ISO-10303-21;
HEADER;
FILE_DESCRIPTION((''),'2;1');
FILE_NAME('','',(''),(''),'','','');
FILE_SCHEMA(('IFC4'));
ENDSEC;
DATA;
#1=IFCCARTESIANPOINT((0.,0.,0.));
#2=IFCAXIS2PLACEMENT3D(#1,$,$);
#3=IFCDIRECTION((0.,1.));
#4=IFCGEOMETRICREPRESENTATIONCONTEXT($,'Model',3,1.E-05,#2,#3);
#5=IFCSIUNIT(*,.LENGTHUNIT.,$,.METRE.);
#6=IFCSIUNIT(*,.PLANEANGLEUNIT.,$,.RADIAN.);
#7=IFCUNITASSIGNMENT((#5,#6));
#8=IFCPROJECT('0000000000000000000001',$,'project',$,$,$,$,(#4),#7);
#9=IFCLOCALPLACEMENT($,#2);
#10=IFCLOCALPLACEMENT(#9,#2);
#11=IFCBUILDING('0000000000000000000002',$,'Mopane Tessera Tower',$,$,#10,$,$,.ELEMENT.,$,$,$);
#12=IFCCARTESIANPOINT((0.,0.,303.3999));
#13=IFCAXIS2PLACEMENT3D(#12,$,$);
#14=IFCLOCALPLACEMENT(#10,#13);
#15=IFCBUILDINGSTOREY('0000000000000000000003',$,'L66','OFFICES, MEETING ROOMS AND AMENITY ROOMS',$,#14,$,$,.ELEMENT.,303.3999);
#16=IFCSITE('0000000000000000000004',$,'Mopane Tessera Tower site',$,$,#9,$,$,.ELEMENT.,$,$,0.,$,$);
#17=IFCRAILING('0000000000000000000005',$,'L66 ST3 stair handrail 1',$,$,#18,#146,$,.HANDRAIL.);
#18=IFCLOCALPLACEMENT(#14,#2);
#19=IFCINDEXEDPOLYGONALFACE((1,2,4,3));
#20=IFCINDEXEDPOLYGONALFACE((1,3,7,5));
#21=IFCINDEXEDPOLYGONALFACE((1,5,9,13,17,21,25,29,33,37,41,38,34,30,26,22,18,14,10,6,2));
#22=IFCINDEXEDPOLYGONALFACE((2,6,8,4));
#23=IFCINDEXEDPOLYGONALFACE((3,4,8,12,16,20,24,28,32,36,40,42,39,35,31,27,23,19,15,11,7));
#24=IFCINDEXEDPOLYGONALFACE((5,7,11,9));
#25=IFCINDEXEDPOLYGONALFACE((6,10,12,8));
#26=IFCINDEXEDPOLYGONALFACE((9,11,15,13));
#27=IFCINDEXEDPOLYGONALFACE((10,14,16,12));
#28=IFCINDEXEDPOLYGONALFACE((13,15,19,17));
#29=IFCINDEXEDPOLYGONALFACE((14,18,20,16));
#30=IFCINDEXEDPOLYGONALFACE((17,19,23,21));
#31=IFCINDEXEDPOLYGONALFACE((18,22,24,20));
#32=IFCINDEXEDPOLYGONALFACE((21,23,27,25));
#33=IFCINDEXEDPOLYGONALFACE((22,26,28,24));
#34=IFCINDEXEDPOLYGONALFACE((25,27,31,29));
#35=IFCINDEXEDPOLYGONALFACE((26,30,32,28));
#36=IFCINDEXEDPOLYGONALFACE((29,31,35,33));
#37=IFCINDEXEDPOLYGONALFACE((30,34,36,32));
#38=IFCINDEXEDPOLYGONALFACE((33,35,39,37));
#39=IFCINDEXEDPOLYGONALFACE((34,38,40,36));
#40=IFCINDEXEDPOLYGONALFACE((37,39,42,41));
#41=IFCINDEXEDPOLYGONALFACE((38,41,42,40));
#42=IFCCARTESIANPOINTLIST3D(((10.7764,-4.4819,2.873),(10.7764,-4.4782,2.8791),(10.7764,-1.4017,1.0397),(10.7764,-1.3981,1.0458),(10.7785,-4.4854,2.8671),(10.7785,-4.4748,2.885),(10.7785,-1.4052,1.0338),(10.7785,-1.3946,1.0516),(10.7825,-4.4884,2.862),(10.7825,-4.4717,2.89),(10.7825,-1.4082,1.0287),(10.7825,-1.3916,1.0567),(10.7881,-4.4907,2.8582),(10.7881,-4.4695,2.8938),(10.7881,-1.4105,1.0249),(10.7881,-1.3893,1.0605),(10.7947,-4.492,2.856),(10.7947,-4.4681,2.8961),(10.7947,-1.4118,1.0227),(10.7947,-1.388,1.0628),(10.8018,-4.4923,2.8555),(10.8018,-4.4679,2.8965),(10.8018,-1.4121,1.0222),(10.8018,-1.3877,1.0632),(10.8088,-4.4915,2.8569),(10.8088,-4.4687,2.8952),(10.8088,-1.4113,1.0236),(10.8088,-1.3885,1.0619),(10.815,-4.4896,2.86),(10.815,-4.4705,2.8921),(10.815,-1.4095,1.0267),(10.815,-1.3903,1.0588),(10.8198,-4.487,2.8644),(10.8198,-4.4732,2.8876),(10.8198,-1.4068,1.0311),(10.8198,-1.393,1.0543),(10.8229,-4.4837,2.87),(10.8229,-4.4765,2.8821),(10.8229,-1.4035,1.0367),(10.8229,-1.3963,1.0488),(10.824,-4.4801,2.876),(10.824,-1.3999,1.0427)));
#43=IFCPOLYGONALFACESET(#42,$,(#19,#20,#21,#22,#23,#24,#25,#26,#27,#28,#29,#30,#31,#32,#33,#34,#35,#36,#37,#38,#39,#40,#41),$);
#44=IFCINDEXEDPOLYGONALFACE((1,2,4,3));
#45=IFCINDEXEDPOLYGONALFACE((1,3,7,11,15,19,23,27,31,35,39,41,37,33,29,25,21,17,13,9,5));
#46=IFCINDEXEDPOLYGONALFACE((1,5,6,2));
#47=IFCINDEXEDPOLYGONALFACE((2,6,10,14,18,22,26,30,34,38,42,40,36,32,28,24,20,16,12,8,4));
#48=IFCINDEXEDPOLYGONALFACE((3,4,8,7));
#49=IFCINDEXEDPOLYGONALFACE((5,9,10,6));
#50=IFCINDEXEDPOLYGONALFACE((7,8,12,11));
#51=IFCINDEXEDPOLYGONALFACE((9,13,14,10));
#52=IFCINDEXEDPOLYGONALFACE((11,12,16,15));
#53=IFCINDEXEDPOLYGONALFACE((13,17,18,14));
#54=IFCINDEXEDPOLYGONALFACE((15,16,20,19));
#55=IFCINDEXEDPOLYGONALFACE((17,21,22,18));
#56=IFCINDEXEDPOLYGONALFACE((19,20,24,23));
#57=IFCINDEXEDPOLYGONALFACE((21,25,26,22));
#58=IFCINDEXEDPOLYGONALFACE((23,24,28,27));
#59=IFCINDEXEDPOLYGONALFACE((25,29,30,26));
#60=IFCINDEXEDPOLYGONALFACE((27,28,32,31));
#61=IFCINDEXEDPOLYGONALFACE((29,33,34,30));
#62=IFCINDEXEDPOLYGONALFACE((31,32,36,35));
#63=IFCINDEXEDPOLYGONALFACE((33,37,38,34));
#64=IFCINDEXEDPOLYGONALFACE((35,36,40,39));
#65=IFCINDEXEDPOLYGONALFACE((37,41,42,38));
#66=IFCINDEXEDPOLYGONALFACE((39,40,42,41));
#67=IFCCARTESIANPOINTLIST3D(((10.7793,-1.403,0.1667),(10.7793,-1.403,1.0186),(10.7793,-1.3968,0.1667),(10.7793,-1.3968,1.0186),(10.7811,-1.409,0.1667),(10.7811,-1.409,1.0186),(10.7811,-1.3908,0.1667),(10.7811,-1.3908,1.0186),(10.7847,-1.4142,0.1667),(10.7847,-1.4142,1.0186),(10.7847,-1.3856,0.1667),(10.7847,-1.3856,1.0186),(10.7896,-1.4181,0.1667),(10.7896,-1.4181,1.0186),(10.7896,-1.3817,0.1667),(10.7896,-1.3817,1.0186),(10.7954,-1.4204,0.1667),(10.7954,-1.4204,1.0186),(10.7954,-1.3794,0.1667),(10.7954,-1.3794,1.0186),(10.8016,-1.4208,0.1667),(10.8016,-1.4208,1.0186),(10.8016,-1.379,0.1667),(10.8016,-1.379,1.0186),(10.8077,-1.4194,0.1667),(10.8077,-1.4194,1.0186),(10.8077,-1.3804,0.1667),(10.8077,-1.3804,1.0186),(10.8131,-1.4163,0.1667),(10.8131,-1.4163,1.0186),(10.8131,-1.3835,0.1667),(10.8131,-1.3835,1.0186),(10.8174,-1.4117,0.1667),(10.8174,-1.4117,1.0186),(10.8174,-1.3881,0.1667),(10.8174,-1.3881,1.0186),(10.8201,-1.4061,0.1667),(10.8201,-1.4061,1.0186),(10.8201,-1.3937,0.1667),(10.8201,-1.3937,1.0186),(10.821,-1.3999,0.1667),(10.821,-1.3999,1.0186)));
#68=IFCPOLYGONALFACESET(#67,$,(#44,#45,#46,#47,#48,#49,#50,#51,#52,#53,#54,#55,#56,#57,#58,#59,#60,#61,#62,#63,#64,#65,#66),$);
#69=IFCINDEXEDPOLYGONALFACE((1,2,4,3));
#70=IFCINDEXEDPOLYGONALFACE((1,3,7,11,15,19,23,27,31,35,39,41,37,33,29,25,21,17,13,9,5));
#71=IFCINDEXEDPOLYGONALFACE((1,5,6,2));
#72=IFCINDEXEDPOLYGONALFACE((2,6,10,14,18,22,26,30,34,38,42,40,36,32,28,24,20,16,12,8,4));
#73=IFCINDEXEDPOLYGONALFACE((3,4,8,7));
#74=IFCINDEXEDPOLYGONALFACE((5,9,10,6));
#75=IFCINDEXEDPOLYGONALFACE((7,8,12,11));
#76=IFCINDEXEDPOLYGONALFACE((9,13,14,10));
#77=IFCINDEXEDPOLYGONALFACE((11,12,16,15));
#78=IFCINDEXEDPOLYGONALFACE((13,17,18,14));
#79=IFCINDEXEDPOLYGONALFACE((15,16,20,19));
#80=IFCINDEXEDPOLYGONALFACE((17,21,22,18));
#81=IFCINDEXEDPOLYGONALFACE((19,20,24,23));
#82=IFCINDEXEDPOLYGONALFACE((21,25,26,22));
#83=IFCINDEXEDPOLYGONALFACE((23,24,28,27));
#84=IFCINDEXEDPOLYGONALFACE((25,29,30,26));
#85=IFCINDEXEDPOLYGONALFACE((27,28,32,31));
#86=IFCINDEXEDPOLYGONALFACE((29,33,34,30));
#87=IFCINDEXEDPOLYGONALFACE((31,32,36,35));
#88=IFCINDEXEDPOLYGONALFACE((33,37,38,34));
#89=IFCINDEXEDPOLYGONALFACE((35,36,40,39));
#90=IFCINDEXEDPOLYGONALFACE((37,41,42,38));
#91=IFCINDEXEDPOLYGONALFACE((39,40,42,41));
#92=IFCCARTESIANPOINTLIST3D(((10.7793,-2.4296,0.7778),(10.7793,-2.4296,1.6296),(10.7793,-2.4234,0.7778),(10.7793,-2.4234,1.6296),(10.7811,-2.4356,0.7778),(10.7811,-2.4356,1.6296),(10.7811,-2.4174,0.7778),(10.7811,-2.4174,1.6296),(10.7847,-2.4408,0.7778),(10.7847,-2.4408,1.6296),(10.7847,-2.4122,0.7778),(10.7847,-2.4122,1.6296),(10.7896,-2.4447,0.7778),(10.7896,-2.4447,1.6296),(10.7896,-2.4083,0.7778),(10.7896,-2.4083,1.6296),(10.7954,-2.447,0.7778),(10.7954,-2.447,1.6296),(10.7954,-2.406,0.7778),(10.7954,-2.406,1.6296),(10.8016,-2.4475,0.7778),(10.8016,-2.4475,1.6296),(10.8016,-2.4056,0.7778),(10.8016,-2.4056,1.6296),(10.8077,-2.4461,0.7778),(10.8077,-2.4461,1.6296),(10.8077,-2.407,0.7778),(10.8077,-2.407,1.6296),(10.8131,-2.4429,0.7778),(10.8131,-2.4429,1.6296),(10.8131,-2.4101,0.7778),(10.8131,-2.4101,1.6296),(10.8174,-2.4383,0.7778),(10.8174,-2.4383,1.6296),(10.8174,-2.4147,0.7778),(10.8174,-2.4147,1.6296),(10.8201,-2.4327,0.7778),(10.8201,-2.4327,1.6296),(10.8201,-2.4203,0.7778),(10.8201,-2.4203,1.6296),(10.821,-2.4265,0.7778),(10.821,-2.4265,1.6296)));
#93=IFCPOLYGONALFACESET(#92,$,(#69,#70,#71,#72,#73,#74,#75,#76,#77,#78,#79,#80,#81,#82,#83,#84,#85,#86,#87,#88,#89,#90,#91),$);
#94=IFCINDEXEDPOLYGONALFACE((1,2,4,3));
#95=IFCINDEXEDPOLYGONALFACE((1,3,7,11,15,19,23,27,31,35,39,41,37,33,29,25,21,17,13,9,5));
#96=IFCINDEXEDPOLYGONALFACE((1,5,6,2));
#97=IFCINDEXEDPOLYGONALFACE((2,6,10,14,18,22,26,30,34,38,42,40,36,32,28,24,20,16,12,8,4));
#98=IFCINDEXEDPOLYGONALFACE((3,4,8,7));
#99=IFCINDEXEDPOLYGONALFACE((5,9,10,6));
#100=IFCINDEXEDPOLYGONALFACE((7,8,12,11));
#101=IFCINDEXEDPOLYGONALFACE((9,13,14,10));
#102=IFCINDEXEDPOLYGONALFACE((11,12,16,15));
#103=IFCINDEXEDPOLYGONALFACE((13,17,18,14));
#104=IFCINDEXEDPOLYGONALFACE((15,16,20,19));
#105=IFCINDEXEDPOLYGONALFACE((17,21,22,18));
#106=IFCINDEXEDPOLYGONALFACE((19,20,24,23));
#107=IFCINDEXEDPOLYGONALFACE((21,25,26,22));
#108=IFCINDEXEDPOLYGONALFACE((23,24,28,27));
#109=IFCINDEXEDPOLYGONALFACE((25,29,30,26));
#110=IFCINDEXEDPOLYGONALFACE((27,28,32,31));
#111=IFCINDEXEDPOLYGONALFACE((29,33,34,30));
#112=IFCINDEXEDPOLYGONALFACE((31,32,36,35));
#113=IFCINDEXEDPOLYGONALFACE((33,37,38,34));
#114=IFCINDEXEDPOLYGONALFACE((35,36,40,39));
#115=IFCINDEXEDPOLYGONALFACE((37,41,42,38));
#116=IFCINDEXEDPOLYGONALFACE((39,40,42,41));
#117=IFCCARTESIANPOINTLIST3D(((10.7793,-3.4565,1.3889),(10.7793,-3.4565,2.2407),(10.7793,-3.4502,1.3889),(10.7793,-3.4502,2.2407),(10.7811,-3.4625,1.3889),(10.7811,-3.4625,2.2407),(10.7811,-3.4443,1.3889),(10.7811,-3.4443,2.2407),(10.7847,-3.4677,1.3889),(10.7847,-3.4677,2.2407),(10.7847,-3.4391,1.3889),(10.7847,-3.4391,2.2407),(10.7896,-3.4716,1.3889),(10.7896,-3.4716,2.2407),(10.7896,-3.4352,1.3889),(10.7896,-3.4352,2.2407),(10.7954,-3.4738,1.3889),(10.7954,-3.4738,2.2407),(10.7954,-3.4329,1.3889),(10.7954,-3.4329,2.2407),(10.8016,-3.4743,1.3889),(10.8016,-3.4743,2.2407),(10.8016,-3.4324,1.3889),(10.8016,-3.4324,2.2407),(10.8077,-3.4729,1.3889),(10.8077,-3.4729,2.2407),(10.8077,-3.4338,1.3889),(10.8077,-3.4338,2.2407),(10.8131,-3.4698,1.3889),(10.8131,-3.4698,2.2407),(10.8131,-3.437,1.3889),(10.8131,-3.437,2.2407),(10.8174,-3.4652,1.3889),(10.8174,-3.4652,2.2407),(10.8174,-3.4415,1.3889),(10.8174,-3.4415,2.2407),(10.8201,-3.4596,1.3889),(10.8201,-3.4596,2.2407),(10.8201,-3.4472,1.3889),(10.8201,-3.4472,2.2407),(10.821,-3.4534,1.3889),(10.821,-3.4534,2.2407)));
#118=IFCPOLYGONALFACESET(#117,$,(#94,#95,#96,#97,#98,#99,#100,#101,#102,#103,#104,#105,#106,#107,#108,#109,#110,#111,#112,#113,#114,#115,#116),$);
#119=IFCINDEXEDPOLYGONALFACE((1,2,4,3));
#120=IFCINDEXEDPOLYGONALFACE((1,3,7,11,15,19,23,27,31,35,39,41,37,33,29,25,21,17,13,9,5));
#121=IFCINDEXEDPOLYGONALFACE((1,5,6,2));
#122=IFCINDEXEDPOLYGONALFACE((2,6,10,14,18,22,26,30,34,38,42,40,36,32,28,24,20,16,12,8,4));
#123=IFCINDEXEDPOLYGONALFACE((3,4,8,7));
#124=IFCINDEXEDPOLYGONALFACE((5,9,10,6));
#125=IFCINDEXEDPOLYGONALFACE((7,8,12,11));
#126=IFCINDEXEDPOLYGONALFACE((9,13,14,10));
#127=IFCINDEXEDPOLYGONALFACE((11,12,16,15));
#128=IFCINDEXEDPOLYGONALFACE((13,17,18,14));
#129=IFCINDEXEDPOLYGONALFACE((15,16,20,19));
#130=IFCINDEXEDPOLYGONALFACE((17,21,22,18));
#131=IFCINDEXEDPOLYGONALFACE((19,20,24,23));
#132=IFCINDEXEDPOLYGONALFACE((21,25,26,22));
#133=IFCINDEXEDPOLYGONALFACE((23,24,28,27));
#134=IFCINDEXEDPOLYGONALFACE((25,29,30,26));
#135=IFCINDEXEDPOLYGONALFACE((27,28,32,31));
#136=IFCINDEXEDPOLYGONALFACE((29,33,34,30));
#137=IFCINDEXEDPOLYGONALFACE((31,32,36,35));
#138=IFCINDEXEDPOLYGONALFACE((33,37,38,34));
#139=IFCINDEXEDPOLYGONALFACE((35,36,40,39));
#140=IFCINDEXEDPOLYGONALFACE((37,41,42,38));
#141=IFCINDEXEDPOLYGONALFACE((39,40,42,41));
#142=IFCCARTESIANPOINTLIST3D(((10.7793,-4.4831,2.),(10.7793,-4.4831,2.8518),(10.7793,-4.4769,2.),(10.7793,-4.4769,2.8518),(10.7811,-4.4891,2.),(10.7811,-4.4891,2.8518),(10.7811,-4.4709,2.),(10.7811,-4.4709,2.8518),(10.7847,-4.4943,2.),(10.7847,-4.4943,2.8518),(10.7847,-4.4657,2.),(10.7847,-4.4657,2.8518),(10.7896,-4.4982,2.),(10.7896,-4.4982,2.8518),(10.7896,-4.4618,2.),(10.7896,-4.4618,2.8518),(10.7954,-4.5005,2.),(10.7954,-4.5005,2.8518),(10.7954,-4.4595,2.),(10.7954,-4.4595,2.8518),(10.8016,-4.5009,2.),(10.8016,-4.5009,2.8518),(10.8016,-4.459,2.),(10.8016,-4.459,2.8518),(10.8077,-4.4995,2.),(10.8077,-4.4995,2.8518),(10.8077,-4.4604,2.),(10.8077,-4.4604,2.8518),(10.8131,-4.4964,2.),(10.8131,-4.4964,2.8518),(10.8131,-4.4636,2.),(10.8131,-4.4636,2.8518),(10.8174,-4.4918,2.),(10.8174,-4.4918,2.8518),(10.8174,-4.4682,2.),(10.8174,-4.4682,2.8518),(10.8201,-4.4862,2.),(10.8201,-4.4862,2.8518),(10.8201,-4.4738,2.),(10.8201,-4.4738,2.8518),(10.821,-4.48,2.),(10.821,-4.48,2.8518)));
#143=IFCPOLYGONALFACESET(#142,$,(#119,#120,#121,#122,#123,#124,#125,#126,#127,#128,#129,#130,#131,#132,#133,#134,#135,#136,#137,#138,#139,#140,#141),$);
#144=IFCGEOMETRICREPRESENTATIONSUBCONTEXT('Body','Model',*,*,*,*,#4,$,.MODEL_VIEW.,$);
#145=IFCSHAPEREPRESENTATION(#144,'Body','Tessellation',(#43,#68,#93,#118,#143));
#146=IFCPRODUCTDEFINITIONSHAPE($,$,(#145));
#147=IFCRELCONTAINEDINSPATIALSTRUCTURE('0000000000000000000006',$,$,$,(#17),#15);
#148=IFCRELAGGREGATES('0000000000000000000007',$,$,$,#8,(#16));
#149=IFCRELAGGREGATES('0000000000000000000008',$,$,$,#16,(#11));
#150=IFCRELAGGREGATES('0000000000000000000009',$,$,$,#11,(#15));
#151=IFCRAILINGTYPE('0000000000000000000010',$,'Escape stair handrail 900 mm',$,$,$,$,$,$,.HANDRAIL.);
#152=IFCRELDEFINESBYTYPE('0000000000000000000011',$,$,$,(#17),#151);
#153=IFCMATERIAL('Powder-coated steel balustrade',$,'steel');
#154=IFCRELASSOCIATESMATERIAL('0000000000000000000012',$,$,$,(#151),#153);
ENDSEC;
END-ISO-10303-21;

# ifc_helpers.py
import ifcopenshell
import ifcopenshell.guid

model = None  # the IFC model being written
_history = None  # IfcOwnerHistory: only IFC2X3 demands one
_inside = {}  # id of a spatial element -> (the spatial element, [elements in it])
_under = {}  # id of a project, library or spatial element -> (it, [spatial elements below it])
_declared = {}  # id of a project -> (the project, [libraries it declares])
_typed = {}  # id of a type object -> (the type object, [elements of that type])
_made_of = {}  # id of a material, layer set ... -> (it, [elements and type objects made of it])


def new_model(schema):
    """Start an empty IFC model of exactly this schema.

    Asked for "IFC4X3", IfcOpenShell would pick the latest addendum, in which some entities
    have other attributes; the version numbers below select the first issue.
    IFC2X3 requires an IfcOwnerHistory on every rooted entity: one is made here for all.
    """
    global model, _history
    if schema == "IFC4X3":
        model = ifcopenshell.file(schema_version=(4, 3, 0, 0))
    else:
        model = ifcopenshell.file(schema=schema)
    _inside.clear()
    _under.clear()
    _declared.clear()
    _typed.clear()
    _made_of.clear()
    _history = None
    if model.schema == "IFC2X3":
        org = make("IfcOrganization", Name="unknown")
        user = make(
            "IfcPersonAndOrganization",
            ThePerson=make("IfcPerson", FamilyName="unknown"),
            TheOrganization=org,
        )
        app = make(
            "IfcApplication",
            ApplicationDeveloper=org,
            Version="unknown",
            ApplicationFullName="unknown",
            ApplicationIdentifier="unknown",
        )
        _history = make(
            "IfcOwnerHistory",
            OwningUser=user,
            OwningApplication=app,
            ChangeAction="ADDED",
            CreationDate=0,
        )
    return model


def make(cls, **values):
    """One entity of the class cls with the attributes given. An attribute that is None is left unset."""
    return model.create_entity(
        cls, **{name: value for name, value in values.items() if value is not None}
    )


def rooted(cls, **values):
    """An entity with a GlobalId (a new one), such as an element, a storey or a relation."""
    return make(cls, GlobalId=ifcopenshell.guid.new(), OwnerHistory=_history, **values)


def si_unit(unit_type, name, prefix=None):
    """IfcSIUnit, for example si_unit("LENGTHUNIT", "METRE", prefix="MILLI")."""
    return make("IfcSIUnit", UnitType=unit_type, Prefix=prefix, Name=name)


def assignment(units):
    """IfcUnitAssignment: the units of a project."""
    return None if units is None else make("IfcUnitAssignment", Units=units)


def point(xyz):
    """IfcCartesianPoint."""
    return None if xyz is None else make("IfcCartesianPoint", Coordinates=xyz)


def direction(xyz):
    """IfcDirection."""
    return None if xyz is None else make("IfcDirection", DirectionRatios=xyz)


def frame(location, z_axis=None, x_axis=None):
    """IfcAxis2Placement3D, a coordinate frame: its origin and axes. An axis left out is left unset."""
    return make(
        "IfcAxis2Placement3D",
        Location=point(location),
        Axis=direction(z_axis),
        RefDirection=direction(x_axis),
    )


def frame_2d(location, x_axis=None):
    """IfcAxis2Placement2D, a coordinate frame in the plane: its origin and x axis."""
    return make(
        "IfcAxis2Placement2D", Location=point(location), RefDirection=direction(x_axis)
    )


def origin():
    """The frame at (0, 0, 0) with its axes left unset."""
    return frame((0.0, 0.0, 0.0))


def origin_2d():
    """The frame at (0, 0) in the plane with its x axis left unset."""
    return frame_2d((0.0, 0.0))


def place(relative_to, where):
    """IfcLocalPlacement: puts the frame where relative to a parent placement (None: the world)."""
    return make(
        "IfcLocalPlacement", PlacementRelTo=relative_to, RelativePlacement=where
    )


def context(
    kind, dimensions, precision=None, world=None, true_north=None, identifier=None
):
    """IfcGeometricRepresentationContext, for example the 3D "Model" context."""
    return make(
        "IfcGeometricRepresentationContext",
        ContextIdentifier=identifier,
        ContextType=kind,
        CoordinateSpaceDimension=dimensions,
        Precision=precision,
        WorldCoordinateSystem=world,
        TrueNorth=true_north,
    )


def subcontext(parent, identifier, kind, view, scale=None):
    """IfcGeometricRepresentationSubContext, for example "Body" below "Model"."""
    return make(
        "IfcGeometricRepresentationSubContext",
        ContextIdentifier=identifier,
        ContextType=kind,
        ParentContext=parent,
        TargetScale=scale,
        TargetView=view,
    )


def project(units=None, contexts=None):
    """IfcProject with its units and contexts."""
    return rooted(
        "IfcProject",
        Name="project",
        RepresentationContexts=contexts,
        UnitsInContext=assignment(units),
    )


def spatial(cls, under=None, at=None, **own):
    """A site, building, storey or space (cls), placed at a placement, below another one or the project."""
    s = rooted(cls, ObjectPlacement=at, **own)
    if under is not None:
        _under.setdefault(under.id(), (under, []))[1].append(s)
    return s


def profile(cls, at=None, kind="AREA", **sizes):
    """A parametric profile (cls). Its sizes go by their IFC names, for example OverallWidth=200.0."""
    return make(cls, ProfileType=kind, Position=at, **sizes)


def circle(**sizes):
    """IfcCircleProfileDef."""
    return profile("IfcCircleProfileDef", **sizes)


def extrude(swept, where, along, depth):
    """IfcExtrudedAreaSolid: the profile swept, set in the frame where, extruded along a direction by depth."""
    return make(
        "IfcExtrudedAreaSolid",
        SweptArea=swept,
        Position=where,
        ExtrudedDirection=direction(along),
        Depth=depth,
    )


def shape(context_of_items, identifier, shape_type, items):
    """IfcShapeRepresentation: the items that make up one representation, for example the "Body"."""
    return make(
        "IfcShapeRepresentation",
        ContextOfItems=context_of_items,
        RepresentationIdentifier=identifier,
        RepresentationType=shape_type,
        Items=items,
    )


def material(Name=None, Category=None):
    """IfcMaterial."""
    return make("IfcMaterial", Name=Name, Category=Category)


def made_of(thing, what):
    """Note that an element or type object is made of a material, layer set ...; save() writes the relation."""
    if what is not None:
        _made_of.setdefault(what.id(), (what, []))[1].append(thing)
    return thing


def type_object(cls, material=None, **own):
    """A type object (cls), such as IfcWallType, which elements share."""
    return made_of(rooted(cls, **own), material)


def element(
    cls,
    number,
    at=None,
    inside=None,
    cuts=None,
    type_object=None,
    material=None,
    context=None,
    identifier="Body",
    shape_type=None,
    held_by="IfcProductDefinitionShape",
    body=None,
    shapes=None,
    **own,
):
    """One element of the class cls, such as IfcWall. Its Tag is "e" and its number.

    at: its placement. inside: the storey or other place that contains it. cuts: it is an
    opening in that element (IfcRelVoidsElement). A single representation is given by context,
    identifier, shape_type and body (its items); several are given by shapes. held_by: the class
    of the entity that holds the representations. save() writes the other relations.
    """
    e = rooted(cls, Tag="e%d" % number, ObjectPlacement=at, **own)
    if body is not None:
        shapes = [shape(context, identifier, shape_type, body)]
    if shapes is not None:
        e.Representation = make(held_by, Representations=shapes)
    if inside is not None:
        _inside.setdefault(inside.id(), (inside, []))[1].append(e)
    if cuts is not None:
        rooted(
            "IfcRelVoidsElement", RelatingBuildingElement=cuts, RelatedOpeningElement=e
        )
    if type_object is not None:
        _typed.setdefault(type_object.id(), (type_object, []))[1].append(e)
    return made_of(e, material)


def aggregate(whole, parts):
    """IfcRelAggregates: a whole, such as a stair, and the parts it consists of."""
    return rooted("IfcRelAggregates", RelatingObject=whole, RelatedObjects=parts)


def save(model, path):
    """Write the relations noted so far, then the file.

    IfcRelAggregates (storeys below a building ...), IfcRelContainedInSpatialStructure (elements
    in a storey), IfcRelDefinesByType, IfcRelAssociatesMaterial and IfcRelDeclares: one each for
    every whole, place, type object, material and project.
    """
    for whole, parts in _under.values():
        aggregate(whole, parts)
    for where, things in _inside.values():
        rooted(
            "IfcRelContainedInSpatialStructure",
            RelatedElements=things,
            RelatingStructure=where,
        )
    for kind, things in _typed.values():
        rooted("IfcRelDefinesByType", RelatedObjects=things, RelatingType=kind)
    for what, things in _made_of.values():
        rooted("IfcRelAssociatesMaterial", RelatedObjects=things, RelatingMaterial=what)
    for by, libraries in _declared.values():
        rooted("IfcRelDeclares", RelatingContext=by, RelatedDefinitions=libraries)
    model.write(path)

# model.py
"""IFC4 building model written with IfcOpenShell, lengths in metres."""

from ifc_helpers import new_model, si_unit, direction, frame, origin, origin_2d, place, context, subcontext, project, spatial, circle, extrude, material, type_object, element, save


model = new_model("IFC4")

# Units and contexts
model_context = context("Model", 3, precision=1e-05, world=origin(), true_north=direction((0.0, 1.0)))
body_context = subcontext(model_context, "Body", "Model", "MODEL_VIEW")
ifc_project = project(units=[si_unit("LENGTHUNIT", "METRE"), si_unit("PLANEANGLEUNIT", "RADIAN")], contexts=[model_context])

# Site, building, storey
site_placement = place(None, origin())
site = spatial("IfcSite", under=ifc_project, at=site_placement, Name="Mopane Tessera Tower site", CompositionType="ELEMENT", RefElevation=0.0)
building_placement = place(site_placement, origin())
building = spatial("IfcBuilding", under=site, at=building_placement, Name="Mopane Tessera Tower", CompositionType="ELEMENT")
storey_placement = place(building_placement, frame((0.0, 0.0, 303.3999)))
storey = spatial("IfcBuildingStorey", under=building, at=storey_placement, Name="L66", Description="OFFICES, MEETING ROOMS AND AMENITY ROOMS", CompositionType="ELEMENT", Elevation=303.3999)

# Railing
ifc_material_1 = material(Name="Powder-coated steel balustrade", Category="steel")
railing_type_1 = type_object("IfcRailingType", Name="Escape stair handrail 900 mm", PredefinedType="HANDRAIL", material=ifc_material_1)
railing_1_placement = place(storey_placement, frame((10.8, -1.3999, 0.1667)))
element("IfcRailing", 1, at=railing_1_placement, inside=storey, type_object=railing_type_1, Name="L66 ST3 stair handrail 1", PredefinedType="HANDRAIL", context=body_context, shape_type="SweptSolid", body=[
    extrude(circle(Radius=0.0239, at=origin_2d()), frame((0.0, 0.0, 0.876), z_axis=(0.0, -0.859309, 0.511458), x_axis=(1.0, 0.0, 0.0)), (0.0, 0.0, 1.0), 3.5845),
    extrude(circle(Radius=0.021, at=origin_2d()), origin(), (0.0, 0.0, 1.0), 0.8518),
    extrude(circle(Radius=0.021, at=origin_2d()), frame((0.0, -1.0266, 0.6111)), (0.0, 0.0, 1.0), 0.8518),
    extrude(circle(Radius=0.021, at=origin_2d()), frame((0.0, -2.0535, 1.2222)), (0.0, 0.0, 1.0), 0.8518),
    extrude(circle(Radius=0.021, at=origin_2d()), frame((0.0, -3.0801, 1.8333)), (0.0, 0.0, 1.0), 0.8518),
])

save(model, "model.ifc")
